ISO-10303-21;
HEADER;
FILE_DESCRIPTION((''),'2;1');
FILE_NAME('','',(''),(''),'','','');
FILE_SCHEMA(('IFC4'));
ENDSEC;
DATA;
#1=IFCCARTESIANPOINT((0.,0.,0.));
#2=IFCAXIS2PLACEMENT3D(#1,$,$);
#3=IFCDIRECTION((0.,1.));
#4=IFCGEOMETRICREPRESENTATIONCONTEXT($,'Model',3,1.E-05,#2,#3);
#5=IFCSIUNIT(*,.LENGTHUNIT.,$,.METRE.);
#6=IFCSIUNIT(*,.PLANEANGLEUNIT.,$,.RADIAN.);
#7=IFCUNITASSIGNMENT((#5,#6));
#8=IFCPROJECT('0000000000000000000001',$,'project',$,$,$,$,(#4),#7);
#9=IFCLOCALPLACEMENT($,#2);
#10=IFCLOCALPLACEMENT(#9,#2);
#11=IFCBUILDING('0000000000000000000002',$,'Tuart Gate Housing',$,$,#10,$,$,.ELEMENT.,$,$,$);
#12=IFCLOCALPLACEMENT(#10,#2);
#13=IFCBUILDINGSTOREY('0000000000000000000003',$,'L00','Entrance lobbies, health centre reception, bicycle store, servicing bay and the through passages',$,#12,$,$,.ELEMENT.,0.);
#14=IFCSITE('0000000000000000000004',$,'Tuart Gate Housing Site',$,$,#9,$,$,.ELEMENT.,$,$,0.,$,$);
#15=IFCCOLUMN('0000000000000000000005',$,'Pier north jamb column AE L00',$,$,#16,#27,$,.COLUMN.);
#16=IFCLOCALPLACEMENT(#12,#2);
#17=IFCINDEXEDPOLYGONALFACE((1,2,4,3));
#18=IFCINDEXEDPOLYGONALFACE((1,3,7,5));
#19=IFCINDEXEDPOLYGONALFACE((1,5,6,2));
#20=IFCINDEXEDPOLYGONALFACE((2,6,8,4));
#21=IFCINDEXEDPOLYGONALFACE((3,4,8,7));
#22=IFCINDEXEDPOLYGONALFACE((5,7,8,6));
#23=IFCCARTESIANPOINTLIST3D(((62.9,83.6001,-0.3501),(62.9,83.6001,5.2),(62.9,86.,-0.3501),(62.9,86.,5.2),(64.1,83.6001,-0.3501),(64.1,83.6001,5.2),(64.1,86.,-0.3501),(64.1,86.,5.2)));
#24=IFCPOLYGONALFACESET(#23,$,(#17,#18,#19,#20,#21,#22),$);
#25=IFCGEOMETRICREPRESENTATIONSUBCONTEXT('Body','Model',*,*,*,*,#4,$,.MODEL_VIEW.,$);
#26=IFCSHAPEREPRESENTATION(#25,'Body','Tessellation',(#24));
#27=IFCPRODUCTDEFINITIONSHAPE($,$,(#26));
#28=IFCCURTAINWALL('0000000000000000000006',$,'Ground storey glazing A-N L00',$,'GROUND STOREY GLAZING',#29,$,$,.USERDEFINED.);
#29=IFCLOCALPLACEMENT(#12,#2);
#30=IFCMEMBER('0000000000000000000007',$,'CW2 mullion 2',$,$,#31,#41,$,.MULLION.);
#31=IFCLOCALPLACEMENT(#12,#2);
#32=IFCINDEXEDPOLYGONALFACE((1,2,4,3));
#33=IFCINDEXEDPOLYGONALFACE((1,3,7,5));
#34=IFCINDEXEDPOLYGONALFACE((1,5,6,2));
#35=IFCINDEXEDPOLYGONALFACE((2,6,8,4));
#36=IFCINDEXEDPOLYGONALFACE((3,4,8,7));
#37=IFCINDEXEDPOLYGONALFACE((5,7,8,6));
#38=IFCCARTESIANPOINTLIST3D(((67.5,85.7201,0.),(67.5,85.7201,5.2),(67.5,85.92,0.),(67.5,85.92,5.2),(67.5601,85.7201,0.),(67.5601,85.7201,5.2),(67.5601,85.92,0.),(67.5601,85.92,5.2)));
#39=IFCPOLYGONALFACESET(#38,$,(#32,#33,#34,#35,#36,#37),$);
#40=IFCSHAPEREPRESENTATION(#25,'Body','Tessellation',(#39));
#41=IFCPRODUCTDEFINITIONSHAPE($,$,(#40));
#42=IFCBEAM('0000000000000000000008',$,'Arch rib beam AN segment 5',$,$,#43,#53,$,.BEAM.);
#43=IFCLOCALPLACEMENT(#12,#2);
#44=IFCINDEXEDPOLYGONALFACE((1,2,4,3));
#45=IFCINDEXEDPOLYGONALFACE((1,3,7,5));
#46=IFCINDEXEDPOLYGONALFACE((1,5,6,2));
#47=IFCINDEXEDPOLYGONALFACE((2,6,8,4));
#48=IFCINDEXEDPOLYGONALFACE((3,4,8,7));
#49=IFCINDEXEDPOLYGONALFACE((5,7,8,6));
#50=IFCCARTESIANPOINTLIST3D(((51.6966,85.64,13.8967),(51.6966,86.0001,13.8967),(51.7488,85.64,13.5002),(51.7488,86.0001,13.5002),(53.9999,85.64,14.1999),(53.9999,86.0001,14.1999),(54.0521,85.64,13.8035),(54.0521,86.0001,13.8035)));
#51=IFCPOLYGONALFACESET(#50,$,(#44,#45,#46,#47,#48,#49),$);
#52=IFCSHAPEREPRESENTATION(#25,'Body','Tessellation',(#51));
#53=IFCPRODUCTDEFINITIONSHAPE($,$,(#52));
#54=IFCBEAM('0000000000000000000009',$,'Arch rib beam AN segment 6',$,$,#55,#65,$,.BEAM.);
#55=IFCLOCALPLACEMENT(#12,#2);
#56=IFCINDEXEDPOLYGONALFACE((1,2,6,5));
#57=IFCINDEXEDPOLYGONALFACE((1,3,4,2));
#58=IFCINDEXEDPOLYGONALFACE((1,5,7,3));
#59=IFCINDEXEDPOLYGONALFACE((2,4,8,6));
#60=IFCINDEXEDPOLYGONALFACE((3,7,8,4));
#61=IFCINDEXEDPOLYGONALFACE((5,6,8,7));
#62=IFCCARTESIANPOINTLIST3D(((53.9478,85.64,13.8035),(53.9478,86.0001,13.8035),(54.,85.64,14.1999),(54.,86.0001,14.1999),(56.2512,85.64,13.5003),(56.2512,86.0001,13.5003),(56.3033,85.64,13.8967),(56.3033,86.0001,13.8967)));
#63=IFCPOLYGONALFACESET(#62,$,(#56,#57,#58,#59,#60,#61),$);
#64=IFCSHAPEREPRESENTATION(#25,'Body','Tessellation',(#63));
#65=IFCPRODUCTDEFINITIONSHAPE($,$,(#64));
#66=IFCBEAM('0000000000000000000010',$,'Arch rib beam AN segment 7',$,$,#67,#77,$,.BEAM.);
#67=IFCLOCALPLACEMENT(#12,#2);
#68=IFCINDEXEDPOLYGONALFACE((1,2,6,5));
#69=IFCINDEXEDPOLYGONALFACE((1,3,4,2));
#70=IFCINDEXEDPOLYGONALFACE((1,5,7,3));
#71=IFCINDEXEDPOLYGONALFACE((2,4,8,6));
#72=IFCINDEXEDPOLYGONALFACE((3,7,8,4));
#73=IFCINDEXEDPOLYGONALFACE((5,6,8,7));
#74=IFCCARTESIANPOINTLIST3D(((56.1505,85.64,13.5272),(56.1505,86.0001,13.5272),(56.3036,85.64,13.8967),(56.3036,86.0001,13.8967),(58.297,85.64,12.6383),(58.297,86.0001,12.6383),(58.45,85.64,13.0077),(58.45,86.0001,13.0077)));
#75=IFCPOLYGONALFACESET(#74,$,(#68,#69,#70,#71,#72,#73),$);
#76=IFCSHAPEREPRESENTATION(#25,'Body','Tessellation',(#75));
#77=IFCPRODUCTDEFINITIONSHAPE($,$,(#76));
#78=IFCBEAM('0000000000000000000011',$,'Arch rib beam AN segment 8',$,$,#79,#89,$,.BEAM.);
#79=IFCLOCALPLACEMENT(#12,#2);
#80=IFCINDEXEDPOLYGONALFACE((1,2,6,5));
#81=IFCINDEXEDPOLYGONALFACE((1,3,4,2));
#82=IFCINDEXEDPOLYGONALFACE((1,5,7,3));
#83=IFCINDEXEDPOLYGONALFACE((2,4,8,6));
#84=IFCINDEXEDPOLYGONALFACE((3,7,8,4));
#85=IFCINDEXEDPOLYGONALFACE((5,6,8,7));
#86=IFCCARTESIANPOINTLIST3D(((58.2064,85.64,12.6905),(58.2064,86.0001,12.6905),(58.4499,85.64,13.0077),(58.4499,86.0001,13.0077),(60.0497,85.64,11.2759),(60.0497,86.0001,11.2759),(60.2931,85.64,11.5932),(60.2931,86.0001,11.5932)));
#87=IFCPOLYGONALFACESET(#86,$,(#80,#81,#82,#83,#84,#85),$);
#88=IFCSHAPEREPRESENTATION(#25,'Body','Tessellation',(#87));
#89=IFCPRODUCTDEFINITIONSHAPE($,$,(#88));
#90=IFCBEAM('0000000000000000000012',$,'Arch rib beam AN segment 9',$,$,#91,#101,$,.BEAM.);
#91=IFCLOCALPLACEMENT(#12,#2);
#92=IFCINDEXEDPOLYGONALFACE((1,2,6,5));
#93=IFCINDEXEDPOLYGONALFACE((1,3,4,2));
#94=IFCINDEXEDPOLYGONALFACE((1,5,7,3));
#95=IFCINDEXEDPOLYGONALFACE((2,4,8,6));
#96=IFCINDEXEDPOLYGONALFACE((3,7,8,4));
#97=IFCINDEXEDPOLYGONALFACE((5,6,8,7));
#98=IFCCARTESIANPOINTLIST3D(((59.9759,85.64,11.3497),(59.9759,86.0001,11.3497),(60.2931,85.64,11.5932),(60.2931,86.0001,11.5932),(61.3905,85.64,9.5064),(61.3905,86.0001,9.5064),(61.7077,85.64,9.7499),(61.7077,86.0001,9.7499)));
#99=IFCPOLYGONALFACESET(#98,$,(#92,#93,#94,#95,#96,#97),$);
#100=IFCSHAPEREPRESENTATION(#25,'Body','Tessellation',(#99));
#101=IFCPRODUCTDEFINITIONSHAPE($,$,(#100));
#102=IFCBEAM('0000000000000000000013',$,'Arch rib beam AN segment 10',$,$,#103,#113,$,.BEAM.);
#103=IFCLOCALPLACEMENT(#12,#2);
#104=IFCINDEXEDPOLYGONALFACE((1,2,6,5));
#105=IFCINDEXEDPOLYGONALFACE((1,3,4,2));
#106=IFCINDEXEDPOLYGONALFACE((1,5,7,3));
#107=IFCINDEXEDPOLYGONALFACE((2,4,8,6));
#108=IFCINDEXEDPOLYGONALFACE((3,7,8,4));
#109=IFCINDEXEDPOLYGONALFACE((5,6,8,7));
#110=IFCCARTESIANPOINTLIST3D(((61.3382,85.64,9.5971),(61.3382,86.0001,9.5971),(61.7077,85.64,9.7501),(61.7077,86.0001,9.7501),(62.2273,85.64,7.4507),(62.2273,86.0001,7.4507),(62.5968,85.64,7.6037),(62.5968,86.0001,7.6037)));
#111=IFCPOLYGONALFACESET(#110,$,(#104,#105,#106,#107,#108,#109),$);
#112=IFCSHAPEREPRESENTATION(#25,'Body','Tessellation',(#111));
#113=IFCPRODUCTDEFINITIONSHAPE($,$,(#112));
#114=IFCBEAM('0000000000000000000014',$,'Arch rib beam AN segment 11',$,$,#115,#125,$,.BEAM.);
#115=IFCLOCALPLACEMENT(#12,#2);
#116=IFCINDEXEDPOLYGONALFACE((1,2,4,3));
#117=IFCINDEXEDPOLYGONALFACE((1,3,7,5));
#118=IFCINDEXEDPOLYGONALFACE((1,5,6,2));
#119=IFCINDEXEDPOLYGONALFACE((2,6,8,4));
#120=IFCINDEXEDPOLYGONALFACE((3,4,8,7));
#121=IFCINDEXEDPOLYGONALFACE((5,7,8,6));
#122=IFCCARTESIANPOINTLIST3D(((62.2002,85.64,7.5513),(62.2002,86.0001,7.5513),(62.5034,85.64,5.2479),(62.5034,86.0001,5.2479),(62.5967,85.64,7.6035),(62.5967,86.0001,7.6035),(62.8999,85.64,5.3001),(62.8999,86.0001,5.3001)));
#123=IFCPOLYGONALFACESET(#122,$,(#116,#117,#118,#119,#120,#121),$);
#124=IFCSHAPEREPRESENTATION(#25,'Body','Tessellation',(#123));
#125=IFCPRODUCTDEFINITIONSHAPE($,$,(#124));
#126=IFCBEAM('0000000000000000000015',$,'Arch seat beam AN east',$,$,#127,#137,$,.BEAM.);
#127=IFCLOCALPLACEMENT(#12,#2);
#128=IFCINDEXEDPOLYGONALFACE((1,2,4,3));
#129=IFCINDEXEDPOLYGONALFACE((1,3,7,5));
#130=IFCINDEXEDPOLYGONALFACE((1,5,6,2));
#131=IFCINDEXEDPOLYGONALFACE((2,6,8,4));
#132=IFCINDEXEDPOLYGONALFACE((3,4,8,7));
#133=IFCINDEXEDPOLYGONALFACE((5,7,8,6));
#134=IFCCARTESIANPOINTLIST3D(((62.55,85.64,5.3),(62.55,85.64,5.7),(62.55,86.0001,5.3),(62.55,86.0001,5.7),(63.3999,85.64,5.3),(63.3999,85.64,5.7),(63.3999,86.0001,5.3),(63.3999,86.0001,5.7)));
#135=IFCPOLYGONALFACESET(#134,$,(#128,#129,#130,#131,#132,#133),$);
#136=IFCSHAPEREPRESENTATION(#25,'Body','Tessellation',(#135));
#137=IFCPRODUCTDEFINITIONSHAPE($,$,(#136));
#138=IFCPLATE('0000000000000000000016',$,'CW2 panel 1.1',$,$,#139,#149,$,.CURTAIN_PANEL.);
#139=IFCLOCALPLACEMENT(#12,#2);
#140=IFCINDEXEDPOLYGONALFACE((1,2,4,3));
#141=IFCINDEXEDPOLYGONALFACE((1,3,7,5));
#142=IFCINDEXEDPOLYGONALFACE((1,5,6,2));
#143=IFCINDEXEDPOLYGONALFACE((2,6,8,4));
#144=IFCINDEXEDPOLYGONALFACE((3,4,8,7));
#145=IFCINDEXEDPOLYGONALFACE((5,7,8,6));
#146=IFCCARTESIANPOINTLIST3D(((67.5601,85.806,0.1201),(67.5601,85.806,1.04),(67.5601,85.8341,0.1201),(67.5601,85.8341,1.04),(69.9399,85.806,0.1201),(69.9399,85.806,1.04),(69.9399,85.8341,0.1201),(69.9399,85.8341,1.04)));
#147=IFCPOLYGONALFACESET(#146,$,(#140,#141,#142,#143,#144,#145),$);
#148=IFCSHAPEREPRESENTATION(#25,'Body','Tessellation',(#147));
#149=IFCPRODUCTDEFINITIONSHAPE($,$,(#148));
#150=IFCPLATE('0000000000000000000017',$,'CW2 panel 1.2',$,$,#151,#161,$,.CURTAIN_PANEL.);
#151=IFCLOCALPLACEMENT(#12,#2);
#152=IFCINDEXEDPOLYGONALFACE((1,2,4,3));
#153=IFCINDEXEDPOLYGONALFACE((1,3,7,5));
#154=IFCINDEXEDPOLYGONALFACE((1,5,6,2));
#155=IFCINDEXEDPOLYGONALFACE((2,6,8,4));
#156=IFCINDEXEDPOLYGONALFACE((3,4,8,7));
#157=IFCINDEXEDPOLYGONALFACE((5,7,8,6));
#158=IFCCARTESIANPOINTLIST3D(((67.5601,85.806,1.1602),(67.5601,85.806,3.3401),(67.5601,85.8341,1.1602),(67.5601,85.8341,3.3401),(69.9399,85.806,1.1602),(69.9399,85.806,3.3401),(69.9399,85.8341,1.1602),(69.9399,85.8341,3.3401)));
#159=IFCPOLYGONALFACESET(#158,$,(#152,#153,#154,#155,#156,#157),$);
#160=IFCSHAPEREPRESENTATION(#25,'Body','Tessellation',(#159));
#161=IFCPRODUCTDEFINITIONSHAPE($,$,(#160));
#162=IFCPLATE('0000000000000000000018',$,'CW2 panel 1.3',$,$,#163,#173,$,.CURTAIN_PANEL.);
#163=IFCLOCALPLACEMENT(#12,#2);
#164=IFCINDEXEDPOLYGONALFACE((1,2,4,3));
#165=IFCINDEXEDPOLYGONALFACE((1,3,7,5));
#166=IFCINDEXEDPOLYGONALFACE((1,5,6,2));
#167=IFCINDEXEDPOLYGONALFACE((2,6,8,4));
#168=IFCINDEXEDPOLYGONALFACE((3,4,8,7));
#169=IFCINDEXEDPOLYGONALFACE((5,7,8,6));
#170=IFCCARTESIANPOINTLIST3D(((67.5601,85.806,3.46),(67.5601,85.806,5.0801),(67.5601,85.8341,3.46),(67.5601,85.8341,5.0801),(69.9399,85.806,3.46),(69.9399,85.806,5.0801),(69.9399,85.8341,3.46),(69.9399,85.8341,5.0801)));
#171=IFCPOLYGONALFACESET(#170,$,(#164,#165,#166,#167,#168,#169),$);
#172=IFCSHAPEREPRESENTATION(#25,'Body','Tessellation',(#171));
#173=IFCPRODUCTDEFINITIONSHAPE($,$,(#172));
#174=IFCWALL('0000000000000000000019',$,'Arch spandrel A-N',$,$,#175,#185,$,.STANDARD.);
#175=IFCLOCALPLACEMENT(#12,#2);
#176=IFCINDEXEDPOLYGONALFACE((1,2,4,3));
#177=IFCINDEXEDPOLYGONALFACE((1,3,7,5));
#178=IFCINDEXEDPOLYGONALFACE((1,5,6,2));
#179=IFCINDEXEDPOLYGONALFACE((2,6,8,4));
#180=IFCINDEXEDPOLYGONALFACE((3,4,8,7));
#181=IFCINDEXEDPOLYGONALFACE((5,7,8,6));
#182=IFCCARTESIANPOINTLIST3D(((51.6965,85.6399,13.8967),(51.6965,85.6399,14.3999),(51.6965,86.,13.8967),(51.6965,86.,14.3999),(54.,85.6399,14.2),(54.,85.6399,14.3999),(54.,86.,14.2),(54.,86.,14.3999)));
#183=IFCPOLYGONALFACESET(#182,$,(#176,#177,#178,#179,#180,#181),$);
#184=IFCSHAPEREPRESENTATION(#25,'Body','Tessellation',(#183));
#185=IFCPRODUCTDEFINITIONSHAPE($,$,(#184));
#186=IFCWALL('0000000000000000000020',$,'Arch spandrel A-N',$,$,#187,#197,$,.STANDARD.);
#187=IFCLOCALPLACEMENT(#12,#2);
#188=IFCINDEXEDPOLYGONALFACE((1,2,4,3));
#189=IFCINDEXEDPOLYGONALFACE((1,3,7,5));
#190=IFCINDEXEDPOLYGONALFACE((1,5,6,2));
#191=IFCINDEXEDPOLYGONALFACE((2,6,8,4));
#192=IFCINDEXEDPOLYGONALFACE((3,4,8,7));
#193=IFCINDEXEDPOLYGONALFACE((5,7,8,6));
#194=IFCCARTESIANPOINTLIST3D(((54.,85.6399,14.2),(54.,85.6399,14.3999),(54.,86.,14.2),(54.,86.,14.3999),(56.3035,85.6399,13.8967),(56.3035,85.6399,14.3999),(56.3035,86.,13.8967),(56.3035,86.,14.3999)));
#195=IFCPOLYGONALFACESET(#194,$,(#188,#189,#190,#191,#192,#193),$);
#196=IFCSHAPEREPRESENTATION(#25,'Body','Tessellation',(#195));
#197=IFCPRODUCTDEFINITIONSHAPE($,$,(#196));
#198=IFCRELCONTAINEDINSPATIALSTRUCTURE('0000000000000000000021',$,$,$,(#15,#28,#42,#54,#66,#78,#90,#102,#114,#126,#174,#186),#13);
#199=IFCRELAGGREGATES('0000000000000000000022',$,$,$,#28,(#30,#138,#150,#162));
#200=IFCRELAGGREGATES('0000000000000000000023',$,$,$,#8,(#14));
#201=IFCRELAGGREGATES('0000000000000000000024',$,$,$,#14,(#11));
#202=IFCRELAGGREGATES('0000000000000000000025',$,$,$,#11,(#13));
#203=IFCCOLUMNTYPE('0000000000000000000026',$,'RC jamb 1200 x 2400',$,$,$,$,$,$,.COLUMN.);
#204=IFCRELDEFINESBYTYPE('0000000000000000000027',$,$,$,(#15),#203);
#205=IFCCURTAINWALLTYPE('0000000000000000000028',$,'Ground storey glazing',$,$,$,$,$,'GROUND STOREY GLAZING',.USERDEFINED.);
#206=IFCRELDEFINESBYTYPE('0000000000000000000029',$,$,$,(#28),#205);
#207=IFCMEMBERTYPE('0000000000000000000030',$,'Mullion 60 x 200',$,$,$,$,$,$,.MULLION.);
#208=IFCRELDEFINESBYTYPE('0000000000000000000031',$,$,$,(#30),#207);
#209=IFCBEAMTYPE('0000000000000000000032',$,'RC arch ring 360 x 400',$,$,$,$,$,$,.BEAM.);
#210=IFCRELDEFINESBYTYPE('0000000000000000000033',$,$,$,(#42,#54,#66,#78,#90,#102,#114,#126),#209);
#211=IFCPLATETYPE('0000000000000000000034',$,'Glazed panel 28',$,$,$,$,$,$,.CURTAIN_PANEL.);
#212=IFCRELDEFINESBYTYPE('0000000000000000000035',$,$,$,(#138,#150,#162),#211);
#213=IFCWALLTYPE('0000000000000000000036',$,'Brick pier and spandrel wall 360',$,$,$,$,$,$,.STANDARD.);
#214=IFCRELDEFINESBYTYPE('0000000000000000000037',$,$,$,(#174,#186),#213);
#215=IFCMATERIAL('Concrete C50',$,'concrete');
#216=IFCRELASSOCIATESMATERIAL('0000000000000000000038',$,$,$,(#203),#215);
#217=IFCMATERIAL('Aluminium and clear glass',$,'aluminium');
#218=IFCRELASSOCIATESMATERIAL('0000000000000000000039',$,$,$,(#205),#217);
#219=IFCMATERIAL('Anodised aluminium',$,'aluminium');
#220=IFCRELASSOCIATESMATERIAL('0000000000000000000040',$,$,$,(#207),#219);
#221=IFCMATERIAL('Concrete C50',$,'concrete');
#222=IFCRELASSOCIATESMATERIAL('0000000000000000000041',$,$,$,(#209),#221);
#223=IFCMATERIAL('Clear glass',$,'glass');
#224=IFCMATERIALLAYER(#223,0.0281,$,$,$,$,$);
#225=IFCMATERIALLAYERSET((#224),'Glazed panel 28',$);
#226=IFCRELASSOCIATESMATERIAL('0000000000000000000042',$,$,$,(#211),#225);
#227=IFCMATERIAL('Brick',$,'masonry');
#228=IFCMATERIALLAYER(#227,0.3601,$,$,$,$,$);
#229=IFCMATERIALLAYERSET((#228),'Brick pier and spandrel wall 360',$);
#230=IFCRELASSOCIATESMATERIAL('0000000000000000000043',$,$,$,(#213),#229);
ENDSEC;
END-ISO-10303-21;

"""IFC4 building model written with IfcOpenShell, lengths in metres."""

from ifc_helpers import new_model, si_unit, direction, frame, origin, origin_2d, place, context, subcontext, project, spatial, polyline, rectangle, outline, extrude, material, layer, layer_set, material_profile, profile_set, type_object, element, aggregate, save


model = new_model("IFC4")

# Units and contexts
model_context = context("Model", 3, precision=1e-05, world=origin(), true_north=direction((0.0, 1.0)))
body_context = subcontext(model_context, "Body", "Model", "MODEL_VIEW")
ifc_project = project(units=[si_unit("LENGTHUNIT", "METRE"), si_unit("PLANEANGLEUNIT", "RADIAN")], contexts=[model_context])

# Site, building, storey
site_placement = place(None, origin())
site = spatial("IfcSite", under=ifc_project, at=site_placement, Name="Tuart Gate Housing Site", CompositionType="ELEMENT", RefElevation=0.0)
building_placement = place(site_placement, origin())
building = spatial("IfcBuilding", under=site, at=building_placement, Name="Tuart Gate Housing", CompositionType="ELEMENT")
storey_placement = place(building_placement, origin())
storey = spatial("IfcBuildingStorey", under=building, at=storey_placement, Name="L00", Description="Entrance lobbies, health centre reception, bicycle store, servicing bay and the through passages", CompositionType="ELEMENT", Elevation=0.0)

# Column
ifc_material_1 = material(Name="Concrete C50", Category="concrete")
ifc_material_profile_1 = material_profile(ifc_material_1, rectangle(XDim=1.2, YDim=2.3999, at=origin_2d()), Name="RC jamb 1200 x 2400")
ifc_profile_set_1 = profile_set([ifc_material_profile_1], Name="Concrete C50")
column_type = type_object("IfcColumnType", Name="RC jamb 1200 x 2400", PredefinedType="COLUMN", material=ifc_profile_set_1)
column_placement = place(storey_placement, frame((63.5, 84.8, -0.3501), z_axis=(0.0, 0.0, 1.0), x_axis=(1.0, 0.0, 0.0)))
element("IfcColumn", 1, at=column_placement, inside=storey, type_object=column_type, Name="Pier north jamb column AE L00", PredefinedType="COLUMN", context=body_context, shape_type="SweptSolid", body=[
    extrude(rectangle(XDim=1.2, YDim=2.3999, at=origin_2d()), origin(), (0.0, 0.0, 1.0), 5.55),
])

# Curtain wall, member
ifc_material_2 = material(Name="Aluminium and clear glass", Category="aluminium")
curtain_wall_type = type_object("IfcCurtainWallType", Name="Ground storey glazing", ElementType="GROUND STOREY GLAZING", PredefinedType="USERDEFINED", material=ifc_material_2)
curtain_wall_placement = place(storey_placement, origin())
curtain_wall = element("IfcCurtainWall", 2, at=curtain_wall_placement, inside=storey, type_object=curtain_wall_type, Name="Ground storey glazing A-N L00", ObjectType="GROUND STOREY GLAZING", PredefinedType="USERDEFINED")
ifc_material_3 = material(Name="Anodised aluminium", Category="aluminium")
ifc_material_profile_2 = material_profile(ifc_material_3, rectangle(XDim=0.0601, YDim=0.2, at=origin_2d()), Name="60x200")
ifc_profile_set_2 = profile_set([ifc_material_profile_2], Name="Anodised aluminium")
member_type = type_object("IfcMemberType", Name="Mullion 60 x 200", PredefinedType="MULLION", material=ifc_profile_set_2)
member_placement = place(storey_placement, frame((67.53, 85.8201, 0.0), z_axis=(0.0, 0.0, 1.0), x_axis=(-1.0, 0.0, 0.0)))
member = element("IfcMember", 3, at=member_placement, type_object=member_type, Name="CW2 mullion 2", PredefinedType="MULLION", context=body_context, shape_type="SweptSolid", body=[
    extrude(rectangle(XDim=0.0601, YDim=0.2, at=origin_2d()), origin(), (0.0, 0.0, 1.0), 5.2),
])

# Beams
ifc_material_4 = material(Name="Concrete C50", Category="concrete")
ifc_material_profile_3 = material_profile(ifc_material_4, rectangle(XDim=0.3601, YDim=0.3999, at=origin_2d()), Name="RC arch ring 360 x 400")
ifc_profile_set_3 = profile_set([ifc_material_profile_3], Name="Concrete C50")
beam_type = type_object("IfcBeamType", Name="RC arch ring 360 x 400", PredefinedType="BEAM", material=ifc_profile_set_3)
for number, where, z_axis, x_axis, name in (
    (4, (51.7227, 85.8201, 13.6985), (0.991447, 0.0, 0.130512), (0.0, 1.0, 0.0), "Arch rib beam AN segment 5"),
    (5, (53.9739, 85.8201, 14.0017), (0.991447, 0.0, -0.130512), (0.0, 1.0, 0.0), "Arch rib beam AN segment 6"),
    (6, (56.2271, 85.8201, 13.7119), (0.923908, 0.0, -0.382615), (0.0, 1.0, 0.0), "Arch rib beam AN segment 7"),
):
    element("IfcBeam", number, at=place(storey_placement, frame(where, z_axis=z_axis, x_axis=x_axis)), inside=storey, type_object=beam_type, Name=name, PredefinedType="BEAM", context=body_context, shape_type="SweptSolid", body=[
        extrude(rectangle(XDim=0.3601, YDim=0.3999, at=origin_2d()), origin(), (0.0, 0.0, 1.0), 2.3232),
    ])
for number, where, z_axis, x_axis, name in (
    (7, (58.3281, 85.8201, 12.8491), (0.793319, 0.0, -0.608806), (0.0, 1.0, 0.0), "Arch rib beam AN segment 8"),
    (8, (60.1345, 85.8201, 11.4714), (0.608806, 0.0, -0.793319), (0.0, 1.0, 0.0), "Arch rib beam AN segment 9"),
):
    element("IfcBeam", number, at=place(storey_placement, frame(where, z_axis=z_axis, x_axis=x_axis)), inside=storey, type_object=beam_type, Name=name, PredefinedType="BEAM", context=body_context, shape_type="SweptSolid", body=[
        extrude(rectangle(XDim=0.3601, YDim=0.3999, at=origin_2d()), origin(), (0.0, 0.0, 1.0), 2.3235),
    ])
for number, where, z_axis, x_axis, name in (
    (9, (61.5229, 85.8201, 9.6736), (0.382704, 0.0, -0.923871), (0.0, 1.0, 0.0), "Arch rib beam AN segment 10"),
    (10, (62.3984, 85.8201, 7.5774), (0.130512, 0.0, -0.991447), (0.0, 1.0, 0.0), "Arch rib beam AN segment 11"),
):
    element("IfcBeam", number, at=place(storey_placement, frame(where, z_axis=z_axis, x_axis=x_axis)), inside=storey, type_object=beam_type, Name=name, PredefinedType="BEAM", context=body_context, shape_type="SweptSolid", body=[
        extrude(rectangle(XDim=0.3601, YDim=0.3999, at=origin_2d()), origin(), (0.0, 0.0, 1.0), 2.3232),
    ])
beam_placement = place(storey_placement, frame((62.55, 85.8201, 5.5), z_axis=(1.0, 0.0, 0.0), x_axis=(0.0, 1.0, 0.0)))
element("IfcBeam", 11, at=beam_placement, inside=storey, type_object=beam_type, Name="Arch seat beam AN east", PredefinedType="BEAM", context=body_context, shape_type="SweptSolid", body=[
    extrude(rectangle(XDim=0.3601, YDim=0.3999, at=origin_2d()), origin(), (0.0, 0.0, 1.0), 0.8499),
])

# Plates
ifc_material_5 = material(Name="Clear glass", Category="glass")
ifc_layer_1 = layer(ifc_material_5, 0.0281)
ifc_layer_set_1 = layer_set([ifc_layer_1], Name="Glazed panel 28")
plate_type = type_object("IfcPlateType", Name="Glazed panel 28", PredefinedType="CURTAIN_PANEL", material=ifc_layer_set_1)
plate_1_placement = place(storey_placement, frame((68.75, 85.8201, 0.1201), z_axis=(0.0, 0.0, 1.0), x_axis=(-1.0, 0.0, 0.0)))
plate_1 = element("IfcPlate", 12, at=plate_1_placement, type_object=plate_type, Name="CW2 panel 1.1", PredefinedType="CURTAIN_PANEL", context=body_context, shape_type="SweptSolid", body=[
    extrude(rectangle(XDim=2.3799, YDim=0.0281, at=origin_2d()), origin(), (0.0, 0.0, 1.0), 0.9199),
])
plate_2_placement = place(storey_placement, frame((68.75, 85.8201, 1.1602), z_axis=(0.0, 0.0, 1.0), x_axis=(-1.0, 0.0, 0.0)))
plate_2 = element("IfcPlate", 13, at=plate_2_placement, type_object=plate_type, Name="CW2 panel 1.2", PredefinedType="CURTAIN_PANEL", context=body_context, shape_type="SweptSolid", body=[
    extrude(rectangle(XDim=2.3799, YDim=0.0281, at=origin_2d()), origin(), (0.0, 0.0, 1.0), 2.1799),
])
plate_3_placement = place(storey_placement, frame((68.75, 85.8201, 3.46), z_axis=(0.0, 0.0, 1.0), x_axis=(-1.0, 0.0, 0.0)))
plate_3 = element("IfcPlate", 14, at=plate_3_placement, type_object=plate_type, Name="CW2 panel 1.3", PredefinedType="CURTAIN_PANEL", context=body_context, shape_type="SweptSolid", body=[
    extrude(rectangle(XDim=2.3799, YDim=0.0281, at=origin_2d()), origin(), (0.0, 0.0, 1.0), 1.6201),
])
aggregate(curtain_wall, [member, plate_1, plate_2, plate_3])

# Shared definitions
ifc_material_6 = material(Name="Brick", Category="masonry")
ifc_layer_2 = layer(ifc_material_6, 0.3601)
ifc_layer_set_2 = layer_set([ifc_layer_2], Name="Brick pier and spandrel wall 360")
wall_type = type_object("IfcWallType", Name="Brick pier and spandrel wall 360", PredefinedType="STANDARD", material=ifc_layer_set_2)

# Walls
wall_1_placement = place(storey_placement, frame((54.0, 85.8201, 13.8967), z_axis=(0.0, 0.0, 1.0), x_axis=(-1.0, 0.0, 0.0)))
element("IfcWall", 15, at=wall_1_placement, inside=storey, type_object=wall_type, Name="Arch spandrel A-N", PredefinedType="STANDARD", context=body_context, shape_type="SweptSolid", body=[
    extrude(outline(polyline([(0.0, 0.3032), (2.3035, 0.0), (2.3035, 0.5032), (0.0, 0.5032), (0.0, 0.3032)])), frame((0.0, 0.1802, 0.0), z_axis=(0.0, -1.0, 0.0), x_axis=(1.0, 0.0, 0.0)), (0.0, 0.0, 1.0), 0.3601),
])
wall_2_placement = place(storey_placement, frame((56.3035, 85.8201, 13.8967), z_axis=(0.0, 0.0, 1.0), x_axis=(-1.0, 0.0, 0.0)))
element("IfcWall", 16, at=wall_2_placement, inside=storey, type_object=wall_type, Name="Arch spandrel A-N", PredefinedType="STANDARD", context=body_context, shape_type="SweptSolid", body=[
    extrude(outline(polyline([(0.0, 0.0), (2.3035, 0.3032), (2.3035, 0.5032), (0.0, 0.5032), (0.0, 0.0)])), frame((0.0, 0.1802, 0.0), z_axis=(0.0, -1.0, 0.0), x_axis=(1.0, 0.0, 0.0)), (0.0, 0.0, 1.0), 0.3601),
])

save(model, "model.ifc")
